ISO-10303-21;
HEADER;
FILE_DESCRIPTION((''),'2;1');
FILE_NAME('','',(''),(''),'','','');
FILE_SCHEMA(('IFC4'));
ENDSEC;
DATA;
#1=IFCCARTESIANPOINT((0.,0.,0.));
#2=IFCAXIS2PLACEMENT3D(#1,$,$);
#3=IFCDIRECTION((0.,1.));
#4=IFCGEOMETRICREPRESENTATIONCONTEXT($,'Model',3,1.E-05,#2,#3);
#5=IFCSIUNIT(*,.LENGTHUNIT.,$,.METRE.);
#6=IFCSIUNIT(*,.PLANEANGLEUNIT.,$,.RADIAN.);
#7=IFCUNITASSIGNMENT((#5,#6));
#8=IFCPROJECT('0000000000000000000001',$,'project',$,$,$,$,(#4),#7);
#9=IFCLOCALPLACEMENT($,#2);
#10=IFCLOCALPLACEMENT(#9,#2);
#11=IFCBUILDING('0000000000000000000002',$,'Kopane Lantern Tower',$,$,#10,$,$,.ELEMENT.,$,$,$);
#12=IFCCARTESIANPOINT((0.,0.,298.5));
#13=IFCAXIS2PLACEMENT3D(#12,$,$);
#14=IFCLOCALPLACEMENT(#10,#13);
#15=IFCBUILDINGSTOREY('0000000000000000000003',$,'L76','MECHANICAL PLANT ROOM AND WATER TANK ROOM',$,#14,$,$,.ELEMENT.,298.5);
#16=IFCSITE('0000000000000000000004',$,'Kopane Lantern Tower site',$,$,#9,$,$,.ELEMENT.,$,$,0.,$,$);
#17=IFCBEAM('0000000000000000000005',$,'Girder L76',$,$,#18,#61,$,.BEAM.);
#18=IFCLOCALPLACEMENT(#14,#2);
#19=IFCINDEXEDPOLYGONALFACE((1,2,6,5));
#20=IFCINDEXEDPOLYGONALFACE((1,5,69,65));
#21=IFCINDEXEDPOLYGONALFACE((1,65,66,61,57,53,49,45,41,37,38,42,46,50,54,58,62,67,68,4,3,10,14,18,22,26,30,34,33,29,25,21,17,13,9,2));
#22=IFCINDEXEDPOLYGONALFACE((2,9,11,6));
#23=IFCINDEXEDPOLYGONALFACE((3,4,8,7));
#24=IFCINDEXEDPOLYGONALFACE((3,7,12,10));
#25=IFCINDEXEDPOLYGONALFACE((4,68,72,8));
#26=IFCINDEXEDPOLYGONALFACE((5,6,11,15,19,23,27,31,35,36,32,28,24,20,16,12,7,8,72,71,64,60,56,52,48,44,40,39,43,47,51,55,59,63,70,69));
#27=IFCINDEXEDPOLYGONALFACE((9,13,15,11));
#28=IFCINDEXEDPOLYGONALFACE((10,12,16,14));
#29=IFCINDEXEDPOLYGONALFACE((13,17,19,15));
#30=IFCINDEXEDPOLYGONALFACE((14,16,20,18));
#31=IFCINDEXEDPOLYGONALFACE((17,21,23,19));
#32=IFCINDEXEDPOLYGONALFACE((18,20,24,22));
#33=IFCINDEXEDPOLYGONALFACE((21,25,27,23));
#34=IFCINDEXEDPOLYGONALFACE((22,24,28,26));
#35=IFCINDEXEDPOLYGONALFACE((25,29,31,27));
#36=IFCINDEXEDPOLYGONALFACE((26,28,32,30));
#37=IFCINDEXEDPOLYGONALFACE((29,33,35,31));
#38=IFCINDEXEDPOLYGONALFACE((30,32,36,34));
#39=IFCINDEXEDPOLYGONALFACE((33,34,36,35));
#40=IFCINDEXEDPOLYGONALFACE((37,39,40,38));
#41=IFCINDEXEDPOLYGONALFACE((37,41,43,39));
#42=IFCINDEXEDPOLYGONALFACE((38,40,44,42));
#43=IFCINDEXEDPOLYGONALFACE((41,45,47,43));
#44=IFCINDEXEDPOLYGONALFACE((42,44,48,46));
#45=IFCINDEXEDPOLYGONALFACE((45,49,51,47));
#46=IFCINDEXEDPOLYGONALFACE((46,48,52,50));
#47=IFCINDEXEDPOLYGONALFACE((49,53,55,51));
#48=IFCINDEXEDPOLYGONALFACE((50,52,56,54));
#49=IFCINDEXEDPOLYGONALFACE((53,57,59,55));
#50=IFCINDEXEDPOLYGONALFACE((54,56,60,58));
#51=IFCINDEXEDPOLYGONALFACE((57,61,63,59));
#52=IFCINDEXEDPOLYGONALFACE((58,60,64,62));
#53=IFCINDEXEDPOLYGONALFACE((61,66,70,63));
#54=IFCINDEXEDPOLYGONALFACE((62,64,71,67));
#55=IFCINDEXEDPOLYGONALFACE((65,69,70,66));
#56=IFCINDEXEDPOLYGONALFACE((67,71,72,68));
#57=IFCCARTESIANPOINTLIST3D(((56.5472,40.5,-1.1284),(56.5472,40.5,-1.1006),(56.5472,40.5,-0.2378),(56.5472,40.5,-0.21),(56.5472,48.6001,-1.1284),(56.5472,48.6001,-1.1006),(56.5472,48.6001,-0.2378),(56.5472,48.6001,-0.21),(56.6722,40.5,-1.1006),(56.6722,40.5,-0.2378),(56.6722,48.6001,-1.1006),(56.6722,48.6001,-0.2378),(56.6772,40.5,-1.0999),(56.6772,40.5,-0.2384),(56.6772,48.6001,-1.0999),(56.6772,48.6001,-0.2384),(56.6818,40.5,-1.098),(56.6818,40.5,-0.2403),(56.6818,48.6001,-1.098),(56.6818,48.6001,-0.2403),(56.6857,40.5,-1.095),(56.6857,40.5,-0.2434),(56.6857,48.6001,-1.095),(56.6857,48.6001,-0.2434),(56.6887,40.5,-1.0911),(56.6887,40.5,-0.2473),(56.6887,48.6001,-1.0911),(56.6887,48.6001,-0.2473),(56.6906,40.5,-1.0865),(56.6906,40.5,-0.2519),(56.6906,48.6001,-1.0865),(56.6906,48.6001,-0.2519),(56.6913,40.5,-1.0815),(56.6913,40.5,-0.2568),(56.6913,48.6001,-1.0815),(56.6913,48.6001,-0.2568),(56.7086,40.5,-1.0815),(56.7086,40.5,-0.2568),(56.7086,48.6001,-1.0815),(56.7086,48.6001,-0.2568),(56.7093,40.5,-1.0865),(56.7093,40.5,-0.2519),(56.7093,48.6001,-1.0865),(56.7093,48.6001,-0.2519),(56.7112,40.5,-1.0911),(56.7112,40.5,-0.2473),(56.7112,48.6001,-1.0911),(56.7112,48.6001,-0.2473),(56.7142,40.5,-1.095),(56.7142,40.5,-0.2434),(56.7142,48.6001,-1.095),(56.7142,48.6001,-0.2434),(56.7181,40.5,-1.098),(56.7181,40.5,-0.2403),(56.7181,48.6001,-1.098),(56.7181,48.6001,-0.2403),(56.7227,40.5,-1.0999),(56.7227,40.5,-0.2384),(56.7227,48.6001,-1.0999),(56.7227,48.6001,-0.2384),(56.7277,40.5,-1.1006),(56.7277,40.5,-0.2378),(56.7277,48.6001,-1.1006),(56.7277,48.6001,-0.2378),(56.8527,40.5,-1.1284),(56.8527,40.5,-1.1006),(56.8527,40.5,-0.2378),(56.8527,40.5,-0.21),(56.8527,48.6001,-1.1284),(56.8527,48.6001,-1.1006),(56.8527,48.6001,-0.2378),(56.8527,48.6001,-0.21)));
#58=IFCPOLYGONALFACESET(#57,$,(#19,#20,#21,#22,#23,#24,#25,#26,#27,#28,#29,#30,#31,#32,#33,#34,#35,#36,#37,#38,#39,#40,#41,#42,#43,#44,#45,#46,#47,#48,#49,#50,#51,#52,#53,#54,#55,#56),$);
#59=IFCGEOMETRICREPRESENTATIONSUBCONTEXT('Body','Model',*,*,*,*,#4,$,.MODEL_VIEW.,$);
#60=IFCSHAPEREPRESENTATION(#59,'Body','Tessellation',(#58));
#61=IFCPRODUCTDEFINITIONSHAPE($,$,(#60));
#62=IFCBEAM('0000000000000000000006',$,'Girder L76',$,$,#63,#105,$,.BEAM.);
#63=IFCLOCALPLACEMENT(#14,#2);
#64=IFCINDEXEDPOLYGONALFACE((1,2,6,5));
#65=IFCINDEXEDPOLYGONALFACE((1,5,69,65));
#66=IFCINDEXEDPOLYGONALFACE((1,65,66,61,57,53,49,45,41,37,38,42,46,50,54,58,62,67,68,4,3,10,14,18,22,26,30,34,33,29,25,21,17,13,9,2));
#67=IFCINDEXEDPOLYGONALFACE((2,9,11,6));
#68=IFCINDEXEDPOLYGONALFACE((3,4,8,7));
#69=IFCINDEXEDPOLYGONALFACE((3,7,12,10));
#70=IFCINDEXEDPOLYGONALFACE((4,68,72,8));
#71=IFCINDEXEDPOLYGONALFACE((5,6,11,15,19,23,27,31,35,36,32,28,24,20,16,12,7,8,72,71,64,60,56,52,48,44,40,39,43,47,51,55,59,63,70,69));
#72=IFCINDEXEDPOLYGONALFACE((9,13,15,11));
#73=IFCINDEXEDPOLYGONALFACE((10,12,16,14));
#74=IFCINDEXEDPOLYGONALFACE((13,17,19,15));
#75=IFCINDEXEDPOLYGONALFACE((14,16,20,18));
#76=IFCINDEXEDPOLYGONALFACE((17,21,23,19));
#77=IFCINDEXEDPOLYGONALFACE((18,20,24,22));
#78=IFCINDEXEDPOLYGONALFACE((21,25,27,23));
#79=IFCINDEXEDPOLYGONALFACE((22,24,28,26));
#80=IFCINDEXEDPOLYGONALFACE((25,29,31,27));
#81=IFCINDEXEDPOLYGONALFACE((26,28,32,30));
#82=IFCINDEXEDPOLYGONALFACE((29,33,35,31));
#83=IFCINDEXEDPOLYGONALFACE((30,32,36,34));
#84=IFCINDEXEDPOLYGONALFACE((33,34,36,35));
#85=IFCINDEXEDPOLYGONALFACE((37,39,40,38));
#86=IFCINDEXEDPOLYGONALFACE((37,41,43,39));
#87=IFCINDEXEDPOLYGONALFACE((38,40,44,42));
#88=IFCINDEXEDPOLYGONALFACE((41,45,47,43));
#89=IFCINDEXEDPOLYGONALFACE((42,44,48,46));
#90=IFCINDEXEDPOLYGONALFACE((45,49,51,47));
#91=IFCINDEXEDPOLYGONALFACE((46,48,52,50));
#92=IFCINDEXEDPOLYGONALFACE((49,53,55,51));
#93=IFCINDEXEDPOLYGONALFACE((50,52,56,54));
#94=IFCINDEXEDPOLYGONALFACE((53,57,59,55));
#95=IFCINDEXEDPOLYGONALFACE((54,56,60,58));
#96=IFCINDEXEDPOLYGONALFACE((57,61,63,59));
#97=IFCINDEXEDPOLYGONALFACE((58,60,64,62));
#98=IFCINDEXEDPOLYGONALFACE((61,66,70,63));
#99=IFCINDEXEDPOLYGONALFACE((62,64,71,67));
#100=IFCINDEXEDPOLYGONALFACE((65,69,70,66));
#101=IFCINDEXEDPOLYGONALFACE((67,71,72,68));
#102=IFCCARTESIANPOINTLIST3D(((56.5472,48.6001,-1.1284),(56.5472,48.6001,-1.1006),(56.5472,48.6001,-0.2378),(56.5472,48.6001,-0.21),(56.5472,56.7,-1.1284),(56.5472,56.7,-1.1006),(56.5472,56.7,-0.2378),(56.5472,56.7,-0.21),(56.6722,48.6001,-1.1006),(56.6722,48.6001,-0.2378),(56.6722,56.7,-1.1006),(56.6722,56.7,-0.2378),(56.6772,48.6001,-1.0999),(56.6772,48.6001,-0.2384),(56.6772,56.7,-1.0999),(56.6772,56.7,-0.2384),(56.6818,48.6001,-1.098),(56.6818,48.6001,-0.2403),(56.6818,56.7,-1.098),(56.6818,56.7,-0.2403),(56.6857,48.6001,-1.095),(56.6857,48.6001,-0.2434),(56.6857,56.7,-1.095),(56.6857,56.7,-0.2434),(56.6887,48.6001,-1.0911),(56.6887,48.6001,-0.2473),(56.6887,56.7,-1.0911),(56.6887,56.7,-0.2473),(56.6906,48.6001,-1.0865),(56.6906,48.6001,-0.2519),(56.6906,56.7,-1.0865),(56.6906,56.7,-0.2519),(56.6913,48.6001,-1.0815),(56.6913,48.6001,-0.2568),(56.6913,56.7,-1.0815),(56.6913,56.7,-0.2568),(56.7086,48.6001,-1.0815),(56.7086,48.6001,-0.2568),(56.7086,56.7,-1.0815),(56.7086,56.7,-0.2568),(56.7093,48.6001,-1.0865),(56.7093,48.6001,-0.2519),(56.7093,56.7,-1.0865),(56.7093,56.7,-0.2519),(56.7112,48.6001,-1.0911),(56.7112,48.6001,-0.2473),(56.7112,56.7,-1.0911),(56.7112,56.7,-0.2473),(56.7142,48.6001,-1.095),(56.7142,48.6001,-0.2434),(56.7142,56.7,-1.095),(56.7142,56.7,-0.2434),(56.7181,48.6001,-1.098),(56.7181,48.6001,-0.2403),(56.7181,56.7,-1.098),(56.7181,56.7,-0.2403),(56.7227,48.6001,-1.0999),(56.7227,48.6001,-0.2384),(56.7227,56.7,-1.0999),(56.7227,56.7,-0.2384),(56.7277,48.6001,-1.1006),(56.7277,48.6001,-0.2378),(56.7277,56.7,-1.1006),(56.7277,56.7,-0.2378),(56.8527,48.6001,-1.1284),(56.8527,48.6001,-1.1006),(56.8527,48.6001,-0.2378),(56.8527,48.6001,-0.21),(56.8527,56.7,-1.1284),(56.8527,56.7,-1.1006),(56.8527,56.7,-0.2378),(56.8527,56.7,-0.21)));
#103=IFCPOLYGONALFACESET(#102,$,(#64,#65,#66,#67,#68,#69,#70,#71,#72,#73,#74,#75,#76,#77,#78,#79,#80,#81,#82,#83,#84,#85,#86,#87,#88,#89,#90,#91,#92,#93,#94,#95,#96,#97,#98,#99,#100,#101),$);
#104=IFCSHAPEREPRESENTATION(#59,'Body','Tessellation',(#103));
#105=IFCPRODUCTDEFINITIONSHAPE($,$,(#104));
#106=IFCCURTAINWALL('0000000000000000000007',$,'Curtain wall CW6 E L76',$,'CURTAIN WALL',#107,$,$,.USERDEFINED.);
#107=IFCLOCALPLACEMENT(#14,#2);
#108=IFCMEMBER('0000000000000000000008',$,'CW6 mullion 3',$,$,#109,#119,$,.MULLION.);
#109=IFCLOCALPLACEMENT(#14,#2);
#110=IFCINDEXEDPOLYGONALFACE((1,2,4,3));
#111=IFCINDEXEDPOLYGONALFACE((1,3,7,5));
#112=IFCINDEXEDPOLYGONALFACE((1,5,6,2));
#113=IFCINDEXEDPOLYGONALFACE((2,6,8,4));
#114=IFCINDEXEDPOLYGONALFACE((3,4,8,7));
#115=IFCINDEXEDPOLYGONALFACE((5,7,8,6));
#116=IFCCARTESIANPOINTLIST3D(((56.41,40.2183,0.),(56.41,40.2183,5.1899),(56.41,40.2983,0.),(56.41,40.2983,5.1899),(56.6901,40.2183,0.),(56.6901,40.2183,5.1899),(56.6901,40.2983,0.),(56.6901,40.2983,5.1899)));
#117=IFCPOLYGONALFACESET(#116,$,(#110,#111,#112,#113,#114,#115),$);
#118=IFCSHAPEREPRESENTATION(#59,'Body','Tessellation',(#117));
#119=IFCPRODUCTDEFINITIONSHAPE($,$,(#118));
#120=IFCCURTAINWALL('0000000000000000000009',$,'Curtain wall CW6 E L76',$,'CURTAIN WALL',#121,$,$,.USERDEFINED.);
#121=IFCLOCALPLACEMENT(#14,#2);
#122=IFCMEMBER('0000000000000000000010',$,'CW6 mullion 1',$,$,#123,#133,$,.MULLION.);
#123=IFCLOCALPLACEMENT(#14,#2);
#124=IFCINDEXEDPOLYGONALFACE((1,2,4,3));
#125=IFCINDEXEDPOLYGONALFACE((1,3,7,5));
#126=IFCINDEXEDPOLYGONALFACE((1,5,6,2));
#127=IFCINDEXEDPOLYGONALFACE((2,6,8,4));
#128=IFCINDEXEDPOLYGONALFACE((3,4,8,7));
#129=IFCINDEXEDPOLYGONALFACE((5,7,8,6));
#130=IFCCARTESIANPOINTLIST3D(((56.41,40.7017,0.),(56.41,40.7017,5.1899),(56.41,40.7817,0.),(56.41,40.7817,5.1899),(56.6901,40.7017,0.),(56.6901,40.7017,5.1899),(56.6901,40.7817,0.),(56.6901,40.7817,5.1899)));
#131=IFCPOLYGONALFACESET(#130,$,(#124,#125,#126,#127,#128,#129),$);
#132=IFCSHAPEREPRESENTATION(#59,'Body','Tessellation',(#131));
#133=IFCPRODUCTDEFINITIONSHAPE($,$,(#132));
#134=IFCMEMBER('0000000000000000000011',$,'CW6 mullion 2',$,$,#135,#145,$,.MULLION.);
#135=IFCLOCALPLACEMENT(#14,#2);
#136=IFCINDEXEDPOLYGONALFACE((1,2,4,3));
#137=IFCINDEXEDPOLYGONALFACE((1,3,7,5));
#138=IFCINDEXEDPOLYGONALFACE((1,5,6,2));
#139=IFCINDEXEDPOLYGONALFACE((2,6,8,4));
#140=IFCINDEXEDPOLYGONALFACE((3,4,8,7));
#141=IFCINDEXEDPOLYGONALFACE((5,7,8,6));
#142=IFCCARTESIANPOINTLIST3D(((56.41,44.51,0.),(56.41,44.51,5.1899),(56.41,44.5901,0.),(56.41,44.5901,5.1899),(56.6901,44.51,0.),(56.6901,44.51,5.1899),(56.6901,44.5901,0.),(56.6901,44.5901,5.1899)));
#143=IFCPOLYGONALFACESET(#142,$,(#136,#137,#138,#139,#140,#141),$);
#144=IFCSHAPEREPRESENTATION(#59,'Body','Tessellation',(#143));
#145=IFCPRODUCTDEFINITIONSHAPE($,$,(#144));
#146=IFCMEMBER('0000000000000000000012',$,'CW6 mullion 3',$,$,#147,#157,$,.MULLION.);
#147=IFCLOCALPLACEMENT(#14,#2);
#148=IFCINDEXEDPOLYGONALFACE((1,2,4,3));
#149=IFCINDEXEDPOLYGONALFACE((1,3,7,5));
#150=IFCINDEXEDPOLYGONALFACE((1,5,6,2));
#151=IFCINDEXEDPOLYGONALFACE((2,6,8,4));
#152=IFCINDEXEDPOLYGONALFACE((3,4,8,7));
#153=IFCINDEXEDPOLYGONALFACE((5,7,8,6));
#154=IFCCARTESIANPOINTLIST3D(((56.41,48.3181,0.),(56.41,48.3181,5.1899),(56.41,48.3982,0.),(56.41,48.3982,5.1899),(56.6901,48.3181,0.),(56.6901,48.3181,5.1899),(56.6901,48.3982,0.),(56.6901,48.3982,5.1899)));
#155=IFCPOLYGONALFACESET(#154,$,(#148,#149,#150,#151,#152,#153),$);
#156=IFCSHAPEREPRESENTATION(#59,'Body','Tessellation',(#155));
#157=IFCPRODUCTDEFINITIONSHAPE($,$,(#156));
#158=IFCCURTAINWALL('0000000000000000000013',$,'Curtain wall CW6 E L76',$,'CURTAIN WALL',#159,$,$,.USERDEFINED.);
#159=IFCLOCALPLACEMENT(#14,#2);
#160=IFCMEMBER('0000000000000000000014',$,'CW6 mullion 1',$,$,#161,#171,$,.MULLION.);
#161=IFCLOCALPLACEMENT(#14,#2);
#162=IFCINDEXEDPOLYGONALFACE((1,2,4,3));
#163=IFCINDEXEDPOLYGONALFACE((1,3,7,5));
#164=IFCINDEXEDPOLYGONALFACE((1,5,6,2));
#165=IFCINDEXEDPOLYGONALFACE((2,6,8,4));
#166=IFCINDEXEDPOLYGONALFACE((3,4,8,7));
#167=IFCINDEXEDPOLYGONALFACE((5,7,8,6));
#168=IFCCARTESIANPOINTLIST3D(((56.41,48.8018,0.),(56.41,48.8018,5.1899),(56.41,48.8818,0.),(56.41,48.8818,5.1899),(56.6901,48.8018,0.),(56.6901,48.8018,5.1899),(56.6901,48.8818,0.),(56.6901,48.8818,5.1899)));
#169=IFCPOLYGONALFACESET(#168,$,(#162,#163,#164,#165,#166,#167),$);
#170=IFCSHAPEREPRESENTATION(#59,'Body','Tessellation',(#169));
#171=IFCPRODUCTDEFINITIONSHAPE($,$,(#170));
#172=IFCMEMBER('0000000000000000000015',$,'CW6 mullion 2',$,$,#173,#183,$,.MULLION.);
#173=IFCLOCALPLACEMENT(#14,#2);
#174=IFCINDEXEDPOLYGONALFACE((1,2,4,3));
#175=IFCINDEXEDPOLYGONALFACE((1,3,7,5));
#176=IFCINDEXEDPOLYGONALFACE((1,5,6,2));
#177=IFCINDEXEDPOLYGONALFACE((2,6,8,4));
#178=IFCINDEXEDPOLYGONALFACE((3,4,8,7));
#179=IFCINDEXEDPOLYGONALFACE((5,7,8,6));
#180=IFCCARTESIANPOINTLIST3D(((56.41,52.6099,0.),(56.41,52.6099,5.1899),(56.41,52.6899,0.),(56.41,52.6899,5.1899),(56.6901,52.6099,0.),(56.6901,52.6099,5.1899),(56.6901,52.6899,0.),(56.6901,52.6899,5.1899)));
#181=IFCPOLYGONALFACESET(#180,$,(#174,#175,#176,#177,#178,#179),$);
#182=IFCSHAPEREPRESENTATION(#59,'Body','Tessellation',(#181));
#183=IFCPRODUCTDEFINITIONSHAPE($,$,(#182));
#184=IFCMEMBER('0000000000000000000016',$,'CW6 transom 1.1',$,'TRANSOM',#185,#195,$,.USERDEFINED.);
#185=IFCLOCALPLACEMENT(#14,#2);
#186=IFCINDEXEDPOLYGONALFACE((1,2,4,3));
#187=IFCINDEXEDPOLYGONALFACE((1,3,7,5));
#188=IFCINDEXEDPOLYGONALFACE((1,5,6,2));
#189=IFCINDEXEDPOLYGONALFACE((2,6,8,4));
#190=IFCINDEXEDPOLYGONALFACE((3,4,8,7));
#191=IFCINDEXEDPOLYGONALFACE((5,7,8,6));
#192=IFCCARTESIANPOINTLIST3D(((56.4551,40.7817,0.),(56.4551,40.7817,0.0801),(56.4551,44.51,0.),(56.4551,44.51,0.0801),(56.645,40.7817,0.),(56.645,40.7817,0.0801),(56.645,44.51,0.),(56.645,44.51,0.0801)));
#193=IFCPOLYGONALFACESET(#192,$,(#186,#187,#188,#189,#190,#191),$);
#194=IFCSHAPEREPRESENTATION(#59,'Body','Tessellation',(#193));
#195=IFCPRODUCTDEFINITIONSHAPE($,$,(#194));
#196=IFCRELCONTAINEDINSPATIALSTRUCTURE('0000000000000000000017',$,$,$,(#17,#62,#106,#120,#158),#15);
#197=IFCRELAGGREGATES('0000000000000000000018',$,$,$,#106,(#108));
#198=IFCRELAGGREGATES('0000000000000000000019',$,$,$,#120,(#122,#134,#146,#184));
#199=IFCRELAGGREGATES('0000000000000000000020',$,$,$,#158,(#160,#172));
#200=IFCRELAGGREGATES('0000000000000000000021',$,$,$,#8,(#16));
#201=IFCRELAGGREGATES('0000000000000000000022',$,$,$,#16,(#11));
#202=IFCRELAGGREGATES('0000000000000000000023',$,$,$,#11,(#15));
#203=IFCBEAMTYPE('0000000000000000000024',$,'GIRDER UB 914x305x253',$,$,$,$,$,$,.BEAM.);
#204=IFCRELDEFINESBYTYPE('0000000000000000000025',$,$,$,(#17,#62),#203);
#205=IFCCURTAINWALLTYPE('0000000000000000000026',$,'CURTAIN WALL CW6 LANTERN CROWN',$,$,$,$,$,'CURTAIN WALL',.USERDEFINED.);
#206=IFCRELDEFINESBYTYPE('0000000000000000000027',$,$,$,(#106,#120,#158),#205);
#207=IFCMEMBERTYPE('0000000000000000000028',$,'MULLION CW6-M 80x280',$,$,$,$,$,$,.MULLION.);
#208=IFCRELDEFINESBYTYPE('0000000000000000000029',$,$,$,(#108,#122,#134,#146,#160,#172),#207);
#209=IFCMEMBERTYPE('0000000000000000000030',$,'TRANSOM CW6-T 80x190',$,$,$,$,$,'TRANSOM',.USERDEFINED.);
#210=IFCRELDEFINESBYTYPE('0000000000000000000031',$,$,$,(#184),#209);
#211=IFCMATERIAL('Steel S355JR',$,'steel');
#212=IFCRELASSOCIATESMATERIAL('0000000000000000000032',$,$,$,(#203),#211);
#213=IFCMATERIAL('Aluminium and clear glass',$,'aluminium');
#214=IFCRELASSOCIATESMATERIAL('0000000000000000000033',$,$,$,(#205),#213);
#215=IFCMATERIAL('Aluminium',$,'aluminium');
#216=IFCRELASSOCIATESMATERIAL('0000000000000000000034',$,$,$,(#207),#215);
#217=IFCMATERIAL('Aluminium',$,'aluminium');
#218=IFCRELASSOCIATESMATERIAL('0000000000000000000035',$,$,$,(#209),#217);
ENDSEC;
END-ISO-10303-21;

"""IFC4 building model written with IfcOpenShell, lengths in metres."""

from ifc_helpers import new_model, si_unit, direction, frame, origin, origin_2d, place, context, subcontext, project, spatial, rectangle, i_section, extrude, material, material_profile, profile_set, type_object, element, aggregate, save


model = new_model("IFC4")

# Units and contexts
model_context = context("Model", 3, precision=1e-05, world=origin(), true_north=direction((0.0, 1.0)))
body_context = subcontext(model_context, "Body", "Model", "MODEL_VIEW")
ifc_project = project(units=[si_unit("LENGTHUNIT", "METRE"), si_unit("PLANEANGLEUNIT", "RADIAN")], contexts=[model_context])

# Site, building, storey
site_placement = place(None, origin())
site = spatial("IfcSite", under=ifc_project, at=site_placement, Name="Kopane Lantern Tower site", CompositionType="ELEMENT", RefElevation=0.0)
building_placement = place(site_placement, origin())
building = spatial("IfcBuilding", under=site, at=building_placement, Name="Kopane Lantern Tower", CompositionType="ELEMENT")
storey_placement = place(building_placement, frame((0.0, 0.0, 298.5)))
storey = spatial("IfcBuildingStorey", under=building, at=storey_placement, Name="L76", Description="MECHANICAL PLANT ROOM AND WATER TANK ROOM", CompositionType="ELEMENT", Elevation=298.5)

# Beams
ifc_material_1 = material(Name="Steel S355JR", Category="steel")
ifc_material_profile_1 = material_profile(ifc_material_1, i_section(OverallWidth=0.3054, OverallDepth=0.9185, WebThickness=0.0173, FlangeThickness=0.0278, FilletRadius=0.019, at=origin_2d()), Name="UB 914x305x253")
ifc_profile_set_1 = profile_set([ifc_material_profile_1], Name="Steel S355JR")
beam_type = type_object("IfcBeamType", Name="GIRDER UB 914x305x253", PredefinedType="BEAM", material=ifc_profile_set_1)
beam_1_placement = place(storey_placement, frame((56.7, 40.5, -0.6692), z_axis=(0.0, 1.0, 0.0), x_axis=(-1.0, 0.0, 0.0)))
element("IfcBeam", 1, at=beam_1_placement, inside=storey, type_object=beam_type, Name="Girder L76", PredefinedType="BEAM", context=body_context, shape_type="SweptSolid", body=[
    extrude(i_section(OverallWidth=0.3054, OverallDepth=0.9185, WebThickness=0.0173, FlangeThickness=0.0278, FilletRadius=0.019, at=origin_2d()), origin(), (0.0, 0.0, 1.0), 8.1001),
])
beam_2_placement = place(storey_placement, frame((56.7, 48.6001, -0.6692), z_axis=(0.0, 1.0, 0.0), x_axis=(-1.0, 0.0, 0.0)))
element("IfcBeam", 2, at=beam_2_placement, inside=storey, type_object=beam_type, Name="Girder L76", PredefinedType="BEAM", context=body_context, shape_type="SweptSolid", body=[
    extrude(i_section(OverallWidth=0.3054, OverallDepth=0.9185, WebThickness=0.0173, FlangeThickness=0.0278, FilletRadius=0.019, at=origin_2d()), origin(), (0.0, 0.0, 1.0), 8.0999),
])

# Curtain wall, member
ifc_material_2 = material(Name="Aluminium and clear glass", Category="aluminium")
curtain_wall_type = type_object("IfcCurtainWallType", Name="CURTAIN WALL CW6 LANTERN CROWN", ElementType="CURTAIN WALL", PredefinedType="USERDEFINED", material=ifc_material_2)
curtain_wall_1_placement = place(storey_placement, origin())
curtain_wall_1 = element("IfcCurtainWall", 3, at=curtain_wall_1_placement, inside=storey, type_object=curtain_wall_type, Name="Curtain wall CW6 E L76", ObjectType="CURTAIN WALL", PredefinedType="USERDEFINED")
ifc_material_3 = material(Name="Aluminium", Category="aluminium")
ifc_material_profile_2 = material_profile(ifc_material_3, rectangle(XDim=0.0801, YDim=0.28, at=origin_2d()), Name="AL 80x280")
ifc_profile_set_2 = profile_set([ifc_material_profile_2], Name="Aluminium")
member_type_1 = type_object("IfcMemberType", Name="MULLION CW6-M 80x280", PredefinedType="MULLION", material=ifc_profile_set_2)
member_1_placement = place(storey_placement, frame((56.55, 40.2583, 0.0), z_axis=(0.0, 0.0, 1.0), x_axis=(0.0, 1.0, 0.0)))
member_1 = element("IfcMember", 4, at=member_1_placement, type_object=member_type_1, Name="CW6 mullion 3", PredefinedType="MULLION", context=body_context, shape_type="SweptSolid", body=[
    extrude(rectangle(XDim=0.0801, YDim=0.28, at=origin_2d()), origin(), (0.0, 0.0, 1.0), 5.1899),
])

# Curtain walls, members
curtain_wall_2_placement = place(storey_placement, origin())
curtain_wall_2 = element("IfcCurtainWall", 5, at=curtain_wall_2_placement, inside=storey, type_object=curtain_wall_type, Name="Curtain wall CW6 E L76", ObjectType="CURTAIN WALL", PredefinedType="USERDEFINED")
member_2_placement = place(storey_placement, frame((56.55, 40.7417, 0.0), z_axis=(0.0, 0.0, 1.0), x_axis=(0.0, 1.0, 0.0)))
member_2 = element("IfcMember", 6, at=member_2_placement, type_object=member_type_1, Name="CW6 mullion 1", PredefinedType="MULLION", context=body_context, shape_type="SweptSolid", body=[
    extrude(rectangle(XDim=0.0801, YDim=0.28, at=origin_2d()), origin(), (0.0, 0.0, 1.0), 5.1899),
])
member_3_placement = place(storey_placement, frame((56.55, 44.55, 0.0), z_axis=(0.0, 0.0, 1.0), x_axis=(0.0, 1.0, 0.0)))
member_3 = element("IfcMember", 7, at=member_3_placement, type_object=member_type_1, Name="CW6 mullion 2", PredefinedType="MULLION", context=body_context, shape_type="SweptSolid", body=[
    extrude(rectangle(XDim=0.0801, YDim=0.28, at=origin_2d()), origin(), (0.0, 0.0, 1.0), 5.1899),
])
member_4_placement = place(storey_placement, frame((56.55, 48.3582, 0.0), z_axis=(0.0, 0.0, 1.0), x_axis=(0.0, 1.0, 0.0)))
member_4 = element("IfcMember", 8, at=member_4_placement, type_object=member_type_1, Name="CW6 mullion 3", PredefinedType="MULLION", context=body_context, shape_type="SweptSolid", body=[
    extrude(rectangle(XDim=0.0801, YDim=0.28, at=origin_2d()), origin(), (0.0, 0.0, 1.0), 5.1899),
])
curtain_wall_3_placement = place(storey_placement, origin())
curtain_wall_3 = element("IfcCurtainWall", 9, at=curtain_wall_3_placement, inside=storey, type_object=curtain_wall_type, Name="Curtain wall CW6 E L76", ObjectType="CURTAIN WALL", PredefinedType="USERDEFINED")
member_5_placement = place(storey_placement, frame((56.55, 48.8418, 0.0), z_axis=(0.0, 0.0, 1.0), x_axis=(0.0, 1.0, 0.0)))
member_5 = element("IfcMember", 10, at=member_5_placement, type_object=member_type_1, Name="CW6 mullion 1", PredefinedType="MULLION", context=body_context, shape_type="SweptSolid", body=[
    extrude(rectangle(XDim=0.0801, YDim=0.28, at=origin_2d()), origin(), (0.0, 0.0, 1.0), 5.1899),
])
member_6_placement = place(storey_placement, frame((56.55, 52.6499, 0.0), z_axis=(0.0, 0.0, 1.0), x_axis=(0.0, 1.0, 0.0)))
member_6 = element("IfcMember", 11, at=member_6_placement, type_object=member_type_1, Name="CW6 mullion 2", PredefinedType="MULLION", context=body_context, shape_type="SweptSolid", body=[
    extrude(rectangle(XDim=0.0801, YDim=0.28, at=origin_2d()), origin(), (0.0, 0.0, 1.0), 5.1899),
])

# Member
ifc_material_4 = material(Name="Aluminium", Category="aluminium")
ifc_material_profile_3 = material_profile(ifc_material_4, rectangle(XDim=0.1899, YDim=0.0801, at=origin_2d()), Name="AL 190x80")
ifc_profile_set_3 = profile_set([ifc_material_profile_3], Name="Aluminium")
member_type_2 = type_object("IfcMemberType", Name="TRANSOM CW6-T 80x190", ElementType="TRANSOM", PredefinedType="USERDEFINED", material=ifc_profile_set_3)
member_7_placement = place(storey_placement, frame((56.55, 40.7817, 0.04), z_axis=(0.0, 1.0, 0.0), x_axis=(-1.0, 0.0, 0.0)))
member_7 = element("IfcMember", 12, at=member_7_placement, type_object=member_type_2, Name="CW6 transom 1.1", ObjectType="TRANSOM", PredefinedType="USERDEFINED", context=body_context, shape_type="SweptSolid", body=[
    extrude(rectangle(XDim=0.1899, YDim=0.0801, at=origin_2d()), origin(), (0.0, 0.0, 1.0), 3.7283),
])

aggregate(curtain_wall_1, [member_1])
aggregate(curtain_wall_2, [member_2, member_3, member_4, member_7])
aggregate(curtain_wall_3, [member_5, member_6])

save(model, "model.ifc")
